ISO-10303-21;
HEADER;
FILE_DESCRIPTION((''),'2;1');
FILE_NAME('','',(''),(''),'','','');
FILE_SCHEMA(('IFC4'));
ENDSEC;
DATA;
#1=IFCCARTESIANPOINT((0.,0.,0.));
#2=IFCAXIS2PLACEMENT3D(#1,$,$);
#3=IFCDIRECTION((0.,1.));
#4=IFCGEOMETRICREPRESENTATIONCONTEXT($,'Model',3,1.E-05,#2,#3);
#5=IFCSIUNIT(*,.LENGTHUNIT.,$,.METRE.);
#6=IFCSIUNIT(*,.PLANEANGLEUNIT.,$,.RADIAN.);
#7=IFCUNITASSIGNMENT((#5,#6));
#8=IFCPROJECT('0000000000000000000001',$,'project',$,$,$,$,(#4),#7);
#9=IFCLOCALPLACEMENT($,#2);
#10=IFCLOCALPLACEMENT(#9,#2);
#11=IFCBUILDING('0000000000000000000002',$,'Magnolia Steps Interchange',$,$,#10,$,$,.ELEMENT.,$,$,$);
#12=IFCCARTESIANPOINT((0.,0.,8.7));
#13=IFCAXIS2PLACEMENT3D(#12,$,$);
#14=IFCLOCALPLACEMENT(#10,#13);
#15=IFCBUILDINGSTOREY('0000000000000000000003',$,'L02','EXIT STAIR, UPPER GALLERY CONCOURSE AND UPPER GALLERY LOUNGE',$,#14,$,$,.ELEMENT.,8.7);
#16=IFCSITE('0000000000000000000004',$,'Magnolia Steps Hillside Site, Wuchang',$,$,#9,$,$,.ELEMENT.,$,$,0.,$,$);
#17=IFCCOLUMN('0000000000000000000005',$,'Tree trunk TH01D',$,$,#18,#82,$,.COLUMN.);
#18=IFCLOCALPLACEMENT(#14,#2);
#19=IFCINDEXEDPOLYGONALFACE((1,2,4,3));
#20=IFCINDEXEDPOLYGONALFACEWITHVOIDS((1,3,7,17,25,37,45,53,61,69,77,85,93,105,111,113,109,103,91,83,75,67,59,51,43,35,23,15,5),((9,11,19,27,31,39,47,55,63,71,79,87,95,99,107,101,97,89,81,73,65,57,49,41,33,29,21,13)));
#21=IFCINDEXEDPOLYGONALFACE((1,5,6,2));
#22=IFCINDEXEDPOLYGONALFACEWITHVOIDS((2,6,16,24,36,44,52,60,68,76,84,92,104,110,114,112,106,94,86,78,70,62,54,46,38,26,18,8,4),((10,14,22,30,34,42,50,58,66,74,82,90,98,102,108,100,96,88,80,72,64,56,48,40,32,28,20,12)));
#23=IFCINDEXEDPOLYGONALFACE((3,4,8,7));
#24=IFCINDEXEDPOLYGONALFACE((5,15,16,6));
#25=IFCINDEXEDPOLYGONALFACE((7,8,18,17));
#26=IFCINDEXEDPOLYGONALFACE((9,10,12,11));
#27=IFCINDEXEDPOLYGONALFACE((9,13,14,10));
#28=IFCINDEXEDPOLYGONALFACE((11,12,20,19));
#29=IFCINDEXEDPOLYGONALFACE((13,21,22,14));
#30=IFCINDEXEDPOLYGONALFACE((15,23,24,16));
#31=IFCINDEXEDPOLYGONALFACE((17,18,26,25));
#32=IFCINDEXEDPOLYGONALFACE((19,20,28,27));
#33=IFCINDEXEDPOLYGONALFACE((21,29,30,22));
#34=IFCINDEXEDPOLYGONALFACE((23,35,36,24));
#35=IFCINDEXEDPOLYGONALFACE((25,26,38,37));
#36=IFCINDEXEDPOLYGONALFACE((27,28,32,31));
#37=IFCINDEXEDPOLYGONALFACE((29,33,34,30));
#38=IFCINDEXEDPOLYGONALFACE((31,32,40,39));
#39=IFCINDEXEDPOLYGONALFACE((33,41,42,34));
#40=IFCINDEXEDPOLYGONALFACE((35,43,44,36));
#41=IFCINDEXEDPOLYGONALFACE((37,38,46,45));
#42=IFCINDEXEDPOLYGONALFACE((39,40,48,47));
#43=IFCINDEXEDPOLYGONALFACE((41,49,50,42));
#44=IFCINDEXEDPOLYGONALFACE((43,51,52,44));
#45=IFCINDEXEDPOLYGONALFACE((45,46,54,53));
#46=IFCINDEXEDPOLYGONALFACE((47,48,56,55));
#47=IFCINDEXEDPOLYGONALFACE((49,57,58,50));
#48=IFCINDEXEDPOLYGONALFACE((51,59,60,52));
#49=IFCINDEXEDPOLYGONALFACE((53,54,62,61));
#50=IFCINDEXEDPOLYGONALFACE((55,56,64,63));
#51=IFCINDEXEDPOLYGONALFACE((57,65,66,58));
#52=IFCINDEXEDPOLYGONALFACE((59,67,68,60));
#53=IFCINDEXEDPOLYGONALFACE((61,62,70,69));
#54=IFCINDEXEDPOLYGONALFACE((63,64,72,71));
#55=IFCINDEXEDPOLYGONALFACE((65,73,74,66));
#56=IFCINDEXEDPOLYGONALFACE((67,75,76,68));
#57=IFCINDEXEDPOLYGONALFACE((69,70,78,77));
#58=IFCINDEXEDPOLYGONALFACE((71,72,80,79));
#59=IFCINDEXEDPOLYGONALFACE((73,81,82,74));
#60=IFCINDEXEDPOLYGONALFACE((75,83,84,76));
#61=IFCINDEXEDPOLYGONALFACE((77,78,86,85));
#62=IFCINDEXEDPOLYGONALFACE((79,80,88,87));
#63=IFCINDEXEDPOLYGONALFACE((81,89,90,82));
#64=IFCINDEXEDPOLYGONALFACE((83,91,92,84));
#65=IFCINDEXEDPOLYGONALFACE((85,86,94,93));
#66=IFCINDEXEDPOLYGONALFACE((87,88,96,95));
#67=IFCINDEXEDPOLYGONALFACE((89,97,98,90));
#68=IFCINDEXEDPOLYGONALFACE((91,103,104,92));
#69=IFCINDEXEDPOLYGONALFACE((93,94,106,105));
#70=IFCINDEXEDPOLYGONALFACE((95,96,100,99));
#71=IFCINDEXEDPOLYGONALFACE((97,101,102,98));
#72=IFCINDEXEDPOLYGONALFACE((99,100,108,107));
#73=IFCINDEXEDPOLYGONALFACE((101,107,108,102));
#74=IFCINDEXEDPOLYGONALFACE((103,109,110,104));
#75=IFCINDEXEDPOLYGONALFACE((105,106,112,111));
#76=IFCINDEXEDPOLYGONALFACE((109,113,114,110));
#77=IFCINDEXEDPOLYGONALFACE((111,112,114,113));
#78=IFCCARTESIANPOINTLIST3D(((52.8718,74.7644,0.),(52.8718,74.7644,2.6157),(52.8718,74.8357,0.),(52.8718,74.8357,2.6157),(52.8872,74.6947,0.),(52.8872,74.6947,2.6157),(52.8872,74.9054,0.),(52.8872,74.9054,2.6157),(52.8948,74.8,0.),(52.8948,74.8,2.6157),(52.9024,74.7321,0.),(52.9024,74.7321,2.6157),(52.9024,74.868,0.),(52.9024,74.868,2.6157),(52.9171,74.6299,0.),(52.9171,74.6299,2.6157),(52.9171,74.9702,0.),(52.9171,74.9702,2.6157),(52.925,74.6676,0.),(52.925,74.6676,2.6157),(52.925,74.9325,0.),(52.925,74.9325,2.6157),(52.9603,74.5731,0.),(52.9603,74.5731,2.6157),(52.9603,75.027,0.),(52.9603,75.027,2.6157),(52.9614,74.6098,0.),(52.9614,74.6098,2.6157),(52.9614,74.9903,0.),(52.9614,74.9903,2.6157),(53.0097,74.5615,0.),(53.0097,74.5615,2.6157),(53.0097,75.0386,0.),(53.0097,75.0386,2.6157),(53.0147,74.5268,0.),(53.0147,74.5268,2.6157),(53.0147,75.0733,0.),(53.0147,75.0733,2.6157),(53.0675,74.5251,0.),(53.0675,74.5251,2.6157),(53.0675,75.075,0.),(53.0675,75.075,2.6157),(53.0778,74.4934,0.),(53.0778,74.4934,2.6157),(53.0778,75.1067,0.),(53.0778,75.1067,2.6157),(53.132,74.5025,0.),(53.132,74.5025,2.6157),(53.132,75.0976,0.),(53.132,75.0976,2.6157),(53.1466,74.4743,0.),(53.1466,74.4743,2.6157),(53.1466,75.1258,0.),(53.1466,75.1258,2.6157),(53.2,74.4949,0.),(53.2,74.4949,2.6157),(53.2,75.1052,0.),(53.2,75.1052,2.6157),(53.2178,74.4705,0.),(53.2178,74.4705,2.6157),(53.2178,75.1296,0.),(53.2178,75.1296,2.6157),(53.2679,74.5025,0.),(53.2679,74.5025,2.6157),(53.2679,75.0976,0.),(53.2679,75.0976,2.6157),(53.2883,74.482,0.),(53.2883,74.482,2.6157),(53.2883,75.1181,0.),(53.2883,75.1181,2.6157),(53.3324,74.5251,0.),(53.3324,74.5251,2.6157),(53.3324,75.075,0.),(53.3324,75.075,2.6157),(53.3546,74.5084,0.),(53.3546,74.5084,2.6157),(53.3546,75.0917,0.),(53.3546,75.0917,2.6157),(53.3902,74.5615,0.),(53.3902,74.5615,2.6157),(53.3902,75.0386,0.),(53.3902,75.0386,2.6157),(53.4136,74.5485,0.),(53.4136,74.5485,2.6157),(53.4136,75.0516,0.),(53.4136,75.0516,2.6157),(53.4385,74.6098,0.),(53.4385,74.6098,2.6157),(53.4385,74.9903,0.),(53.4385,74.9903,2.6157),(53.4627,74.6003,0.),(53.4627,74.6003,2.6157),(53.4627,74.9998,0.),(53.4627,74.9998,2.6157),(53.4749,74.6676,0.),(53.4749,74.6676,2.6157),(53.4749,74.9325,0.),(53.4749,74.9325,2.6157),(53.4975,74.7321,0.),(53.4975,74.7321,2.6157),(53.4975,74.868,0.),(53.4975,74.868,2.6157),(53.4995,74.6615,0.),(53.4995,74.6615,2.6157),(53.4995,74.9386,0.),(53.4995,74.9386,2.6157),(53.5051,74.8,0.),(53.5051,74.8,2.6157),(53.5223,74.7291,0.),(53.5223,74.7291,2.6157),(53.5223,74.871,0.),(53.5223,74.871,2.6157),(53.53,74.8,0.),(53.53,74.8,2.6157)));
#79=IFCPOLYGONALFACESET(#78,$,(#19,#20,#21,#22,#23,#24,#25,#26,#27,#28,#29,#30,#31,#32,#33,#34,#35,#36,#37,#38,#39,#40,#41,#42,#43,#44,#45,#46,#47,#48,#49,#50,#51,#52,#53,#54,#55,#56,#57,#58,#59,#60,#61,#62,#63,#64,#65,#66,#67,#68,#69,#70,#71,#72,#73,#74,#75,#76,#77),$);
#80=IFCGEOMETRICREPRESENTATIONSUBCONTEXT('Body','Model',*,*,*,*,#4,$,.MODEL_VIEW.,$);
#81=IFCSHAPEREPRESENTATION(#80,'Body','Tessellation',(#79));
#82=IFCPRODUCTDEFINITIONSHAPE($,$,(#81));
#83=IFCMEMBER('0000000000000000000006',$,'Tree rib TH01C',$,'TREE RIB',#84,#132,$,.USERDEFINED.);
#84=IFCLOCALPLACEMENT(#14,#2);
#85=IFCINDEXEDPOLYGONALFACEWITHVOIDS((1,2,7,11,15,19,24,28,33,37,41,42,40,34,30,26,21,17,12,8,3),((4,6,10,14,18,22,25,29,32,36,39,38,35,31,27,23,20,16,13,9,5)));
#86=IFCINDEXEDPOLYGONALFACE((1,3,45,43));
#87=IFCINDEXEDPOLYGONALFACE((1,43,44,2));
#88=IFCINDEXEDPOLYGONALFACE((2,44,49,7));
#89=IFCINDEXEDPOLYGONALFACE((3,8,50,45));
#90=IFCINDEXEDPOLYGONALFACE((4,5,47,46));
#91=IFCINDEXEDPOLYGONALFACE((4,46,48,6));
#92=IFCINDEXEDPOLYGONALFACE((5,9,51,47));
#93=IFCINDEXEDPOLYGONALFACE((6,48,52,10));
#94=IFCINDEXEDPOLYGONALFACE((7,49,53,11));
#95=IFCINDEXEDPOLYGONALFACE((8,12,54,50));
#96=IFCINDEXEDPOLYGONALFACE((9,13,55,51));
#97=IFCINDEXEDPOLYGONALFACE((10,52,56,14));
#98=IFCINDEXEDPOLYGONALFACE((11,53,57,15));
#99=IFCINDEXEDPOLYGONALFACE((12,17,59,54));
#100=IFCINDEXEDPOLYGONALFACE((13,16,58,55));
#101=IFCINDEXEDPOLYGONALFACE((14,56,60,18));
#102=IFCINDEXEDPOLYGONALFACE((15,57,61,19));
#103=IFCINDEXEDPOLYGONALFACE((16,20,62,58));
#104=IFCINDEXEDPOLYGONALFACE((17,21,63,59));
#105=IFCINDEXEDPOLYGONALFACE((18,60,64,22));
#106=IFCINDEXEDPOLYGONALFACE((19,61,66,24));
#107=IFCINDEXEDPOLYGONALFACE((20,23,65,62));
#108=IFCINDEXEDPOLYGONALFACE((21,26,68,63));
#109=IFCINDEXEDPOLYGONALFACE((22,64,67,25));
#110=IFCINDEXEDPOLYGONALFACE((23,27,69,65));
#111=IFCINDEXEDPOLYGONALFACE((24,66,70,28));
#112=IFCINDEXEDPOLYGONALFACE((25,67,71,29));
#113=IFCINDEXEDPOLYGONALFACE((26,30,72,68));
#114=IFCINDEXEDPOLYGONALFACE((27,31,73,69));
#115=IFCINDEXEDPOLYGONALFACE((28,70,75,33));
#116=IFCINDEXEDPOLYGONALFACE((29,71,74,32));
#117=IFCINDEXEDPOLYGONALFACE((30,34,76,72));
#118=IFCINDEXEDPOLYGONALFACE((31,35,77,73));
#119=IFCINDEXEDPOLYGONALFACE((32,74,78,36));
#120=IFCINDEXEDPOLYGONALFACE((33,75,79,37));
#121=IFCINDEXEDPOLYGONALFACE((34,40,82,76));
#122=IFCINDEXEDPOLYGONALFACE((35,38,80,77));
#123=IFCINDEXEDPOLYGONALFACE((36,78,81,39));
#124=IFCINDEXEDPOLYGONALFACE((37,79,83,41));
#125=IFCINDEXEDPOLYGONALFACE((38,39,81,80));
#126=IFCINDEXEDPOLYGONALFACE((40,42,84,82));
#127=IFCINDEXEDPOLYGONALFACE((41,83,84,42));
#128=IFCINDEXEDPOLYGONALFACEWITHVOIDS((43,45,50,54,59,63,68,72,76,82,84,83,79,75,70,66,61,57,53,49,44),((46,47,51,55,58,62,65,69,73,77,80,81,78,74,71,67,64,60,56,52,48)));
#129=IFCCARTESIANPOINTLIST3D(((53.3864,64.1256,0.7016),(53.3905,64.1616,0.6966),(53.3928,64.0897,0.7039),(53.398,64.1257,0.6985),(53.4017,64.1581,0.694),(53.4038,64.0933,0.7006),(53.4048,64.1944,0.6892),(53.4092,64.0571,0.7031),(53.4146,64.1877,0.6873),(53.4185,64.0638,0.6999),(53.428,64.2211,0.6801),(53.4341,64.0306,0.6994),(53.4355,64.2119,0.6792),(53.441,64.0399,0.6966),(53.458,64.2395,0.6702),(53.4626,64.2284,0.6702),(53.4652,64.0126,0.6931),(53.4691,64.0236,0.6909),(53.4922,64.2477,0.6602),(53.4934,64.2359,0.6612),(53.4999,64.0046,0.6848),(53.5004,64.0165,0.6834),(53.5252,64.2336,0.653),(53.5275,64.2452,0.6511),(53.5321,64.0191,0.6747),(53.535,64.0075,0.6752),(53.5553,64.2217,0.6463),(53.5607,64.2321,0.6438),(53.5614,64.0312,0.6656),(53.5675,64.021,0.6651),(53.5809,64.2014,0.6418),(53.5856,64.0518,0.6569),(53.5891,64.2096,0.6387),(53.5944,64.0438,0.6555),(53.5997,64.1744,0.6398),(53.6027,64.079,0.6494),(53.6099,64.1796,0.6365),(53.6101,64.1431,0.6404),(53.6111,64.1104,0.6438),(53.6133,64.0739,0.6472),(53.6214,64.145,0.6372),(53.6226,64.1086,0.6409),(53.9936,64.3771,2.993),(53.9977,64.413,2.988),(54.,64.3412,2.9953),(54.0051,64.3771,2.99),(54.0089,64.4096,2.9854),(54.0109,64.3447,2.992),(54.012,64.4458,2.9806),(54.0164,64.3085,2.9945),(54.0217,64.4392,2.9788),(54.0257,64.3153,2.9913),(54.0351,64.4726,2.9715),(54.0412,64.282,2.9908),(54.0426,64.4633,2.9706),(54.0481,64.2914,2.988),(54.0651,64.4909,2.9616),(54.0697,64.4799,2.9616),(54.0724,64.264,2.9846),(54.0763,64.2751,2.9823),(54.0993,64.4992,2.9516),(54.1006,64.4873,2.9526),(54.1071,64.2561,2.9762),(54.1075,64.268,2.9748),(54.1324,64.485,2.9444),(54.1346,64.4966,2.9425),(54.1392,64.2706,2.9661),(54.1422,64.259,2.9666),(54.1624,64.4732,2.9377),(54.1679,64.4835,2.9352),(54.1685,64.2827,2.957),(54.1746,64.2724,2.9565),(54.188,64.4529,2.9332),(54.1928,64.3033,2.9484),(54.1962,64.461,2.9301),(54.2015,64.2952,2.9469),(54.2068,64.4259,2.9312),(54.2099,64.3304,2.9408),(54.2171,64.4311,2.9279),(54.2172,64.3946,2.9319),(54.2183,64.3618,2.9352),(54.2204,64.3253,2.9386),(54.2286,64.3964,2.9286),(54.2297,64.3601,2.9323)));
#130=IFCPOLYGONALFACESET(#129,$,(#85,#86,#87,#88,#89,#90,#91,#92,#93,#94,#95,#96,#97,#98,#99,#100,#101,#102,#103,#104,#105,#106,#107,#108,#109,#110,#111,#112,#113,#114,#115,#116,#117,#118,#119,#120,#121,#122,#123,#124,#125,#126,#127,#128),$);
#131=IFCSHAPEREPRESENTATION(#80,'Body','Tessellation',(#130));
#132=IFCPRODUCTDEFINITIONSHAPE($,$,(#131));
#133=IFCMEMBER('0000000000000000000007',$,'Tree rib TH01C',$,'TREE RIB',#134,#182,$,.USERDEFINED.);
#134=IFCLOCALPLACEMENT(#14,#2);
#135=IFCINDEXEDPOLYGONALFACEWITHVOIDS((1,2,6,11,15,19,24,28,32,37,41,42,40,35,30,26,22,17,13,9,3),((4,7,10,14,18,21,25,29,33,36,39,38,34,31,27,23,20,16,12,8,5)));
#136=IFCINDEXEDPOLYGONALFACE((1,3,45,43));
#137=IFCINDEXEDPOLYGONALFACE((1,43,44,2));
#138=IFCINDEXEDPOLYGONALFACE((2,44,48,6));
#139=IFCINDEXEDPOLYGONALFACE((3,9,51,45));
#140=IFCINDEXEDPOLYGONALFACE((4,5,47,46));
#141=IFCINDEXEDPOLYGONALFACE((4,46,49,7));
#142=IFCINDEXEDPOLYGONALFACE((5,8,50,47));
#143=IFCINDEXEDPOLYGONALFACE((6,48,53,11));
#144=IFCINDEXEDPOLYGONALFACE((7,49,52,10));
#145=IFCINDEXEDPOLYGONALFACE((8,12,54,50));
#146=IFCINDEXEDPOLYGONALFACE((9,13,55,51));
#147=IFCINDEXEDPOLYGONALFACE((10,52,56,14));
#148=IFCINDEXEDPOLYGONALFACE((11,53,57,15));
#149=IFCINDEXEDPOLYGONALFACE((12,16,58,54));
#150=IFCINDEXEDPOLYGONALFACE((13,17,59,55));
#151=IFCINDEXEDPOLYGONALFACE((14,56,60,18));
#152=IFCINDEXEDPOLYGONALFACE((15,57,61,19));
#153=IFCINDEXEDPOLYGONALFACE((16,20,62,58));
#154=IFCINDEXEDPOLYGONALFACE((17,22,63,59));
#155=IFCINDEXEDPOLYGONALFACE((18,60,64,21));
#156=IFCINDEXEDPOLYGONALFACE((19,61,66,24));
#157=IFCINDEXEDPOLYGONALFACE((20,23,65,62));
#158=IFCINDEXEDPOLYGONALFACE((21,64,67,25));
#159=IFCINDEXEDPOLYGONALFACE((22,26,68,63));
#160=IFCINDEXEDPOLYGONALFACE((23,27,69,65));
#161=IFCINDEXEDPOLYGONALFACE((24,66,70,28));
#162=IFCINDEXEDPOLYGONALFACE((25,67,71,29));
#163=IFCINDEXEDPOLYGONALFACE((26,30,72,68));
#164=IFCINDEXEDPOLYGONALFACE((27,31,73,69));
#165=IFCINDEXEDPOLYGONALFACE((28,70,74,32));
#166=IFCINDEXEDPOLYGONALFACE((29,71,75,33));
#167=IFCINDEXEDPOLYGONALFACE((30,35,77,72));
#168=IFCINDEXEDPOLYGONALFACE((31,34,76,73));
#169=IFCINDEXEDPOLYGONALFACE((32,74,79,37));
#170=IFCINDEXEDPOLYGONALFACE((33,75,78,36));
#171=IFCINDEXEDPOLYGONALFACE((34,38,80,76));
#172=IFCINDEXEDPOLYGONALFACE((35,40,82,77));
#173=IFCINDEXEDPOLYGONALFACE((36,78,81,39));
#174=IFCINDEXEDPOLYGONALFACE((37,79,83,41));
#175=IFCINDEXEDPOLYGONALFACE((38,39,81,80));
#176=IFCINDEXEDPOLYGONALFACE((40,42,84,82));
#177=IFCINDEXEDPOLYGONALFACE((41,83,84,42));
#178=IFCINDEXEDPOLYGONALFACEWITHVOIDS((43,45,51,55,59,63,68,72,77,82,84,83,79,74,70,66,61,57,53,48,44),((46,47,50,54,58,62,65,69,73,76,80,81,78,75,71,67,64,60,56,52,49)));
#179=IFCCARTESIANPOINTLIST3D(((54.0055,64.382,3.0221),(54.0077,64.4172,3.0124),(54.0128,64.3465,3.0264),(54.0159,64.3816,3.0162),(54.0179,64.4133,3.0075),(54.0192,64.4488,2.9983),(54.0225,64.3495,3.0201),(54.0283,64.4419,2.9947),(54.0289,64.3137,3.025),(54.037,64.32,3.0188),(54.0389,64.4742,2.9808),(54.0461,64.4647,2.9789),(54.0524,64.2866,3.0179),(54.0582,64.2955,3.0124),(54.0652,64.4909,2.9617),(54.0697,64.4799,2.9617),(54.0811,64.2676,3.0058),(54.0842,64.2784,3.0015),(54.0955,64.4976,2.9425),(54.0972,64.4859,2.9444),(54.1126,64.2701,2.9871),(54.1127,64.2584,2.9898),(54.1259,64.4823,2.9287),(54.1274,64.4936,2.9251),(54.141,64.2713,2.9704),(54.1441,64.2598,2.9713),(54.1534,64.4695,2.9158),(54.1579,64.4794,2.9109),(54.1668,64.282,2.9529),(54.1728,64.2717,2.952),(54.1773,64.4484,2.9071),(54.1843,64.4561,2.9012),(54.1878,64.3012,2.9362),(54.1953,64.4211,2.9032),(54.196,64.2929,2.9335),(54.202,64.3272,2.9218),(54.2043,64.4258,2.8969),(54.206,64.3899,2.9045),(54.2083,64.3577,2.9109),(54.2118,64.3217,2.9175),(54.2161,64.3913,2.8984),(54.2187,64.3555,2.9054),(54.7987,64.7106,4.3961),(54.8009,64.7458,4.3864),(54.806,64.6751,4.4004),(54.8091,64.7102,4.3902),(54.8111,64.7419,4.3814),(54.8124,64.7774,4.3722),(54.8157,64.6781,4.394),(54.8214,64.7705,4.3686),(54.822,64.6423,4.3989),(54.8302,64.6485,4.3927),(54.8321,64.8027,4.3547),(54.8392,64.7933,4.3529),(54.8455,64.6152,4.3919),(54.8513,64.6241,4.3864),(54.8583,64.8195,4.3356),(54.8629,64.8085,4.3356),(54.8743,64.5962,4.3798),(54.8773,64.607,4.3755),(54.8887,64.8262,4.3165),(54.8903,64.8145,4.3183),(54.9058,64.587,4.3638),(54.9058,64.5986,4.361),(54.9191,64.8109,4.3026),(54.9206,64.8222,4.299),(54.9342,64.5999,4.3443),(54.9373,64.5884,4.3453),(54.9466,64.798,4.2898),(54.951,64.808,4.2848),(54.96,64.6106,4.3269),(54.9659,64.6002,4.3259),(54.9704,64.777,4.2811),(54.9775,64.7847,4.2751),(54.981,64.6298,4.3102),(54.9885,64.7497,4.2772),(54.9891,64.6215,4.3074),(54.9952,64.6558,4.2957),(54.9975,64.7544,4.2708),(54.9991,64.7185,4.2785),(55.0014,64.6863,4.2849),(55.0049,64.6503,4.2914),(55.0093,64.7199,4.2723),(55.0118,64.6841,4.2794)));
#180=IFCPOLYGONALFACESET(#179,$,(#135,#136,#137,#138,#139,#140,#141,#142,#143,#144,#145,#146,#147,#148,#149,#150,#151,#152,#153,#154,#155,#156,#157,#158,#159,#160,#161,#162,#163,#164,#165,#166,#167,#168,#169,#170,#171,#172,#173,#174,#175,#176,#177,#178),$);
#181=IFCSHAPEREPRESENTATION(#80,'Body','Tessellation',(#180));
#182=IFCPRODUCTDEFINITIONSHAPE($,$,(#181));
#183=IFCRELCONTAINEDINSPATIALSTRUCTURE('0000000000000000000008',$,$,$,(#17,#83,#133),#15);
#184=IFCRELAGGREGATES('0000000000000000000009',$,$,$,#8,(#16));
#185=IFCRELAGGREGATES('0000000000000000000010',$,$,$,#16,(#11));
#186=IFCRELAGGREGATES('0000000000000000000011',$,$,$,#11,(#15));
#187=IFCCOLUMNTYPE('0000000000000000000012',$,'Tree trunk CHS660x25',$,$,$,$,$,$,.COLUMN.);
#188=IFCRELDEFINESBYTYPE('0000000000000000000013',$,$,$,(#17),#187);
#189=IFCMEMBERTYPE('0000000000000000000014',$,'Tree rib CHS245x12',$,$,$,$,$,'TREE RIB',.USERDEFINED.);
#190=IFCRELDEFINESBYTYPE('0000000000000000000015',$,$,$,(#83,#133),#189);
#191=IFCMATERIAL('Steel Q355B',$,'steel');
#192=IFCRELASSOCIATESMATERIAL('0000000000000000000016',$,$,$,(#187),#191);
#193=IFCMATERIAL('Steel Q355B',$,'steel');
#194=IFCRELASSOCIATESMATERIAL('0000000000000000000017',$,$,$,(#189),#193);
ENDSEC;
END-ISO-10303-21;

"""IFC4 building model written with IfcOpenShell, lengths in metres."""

from ifc_helpers import new_model, si_unit, direction, frame, origin, origin_2d, place, context, subcontext, project, spatial, hollow_circle, extrude, material, material_profile, profile_set, type_object, element, save


model = new_model("IFC4")

# Units and contexts
model_context = context("Model", 3, precision=1e-05, world=origin(), true_north=direction((0.0, 1.0)))
body_context = subcontext(model_context, "Body", "Model", "MODEL_VIEW")
ifc_project = project(units=[si_unit("LENGTHUNIT", "METRE"), si_unit("PLANEANGLEUNIT", "RADIAN")], contexts=[model_context])

# Site, building, storey
site_placement = place(None, origin())
site = spatial("IfcSite", under=ifc_project, at=site_placement, Name="Magnolia Steps Hillside Site, Wuchang", CompositionType="ELEMENT", RefElevation=0.0)
building_placement = place(site_placement, origin())
building = spatial("IfcBuilding", under=site, at=building_placement, Name="Magnolia Steps Interchange", CompositionType="ELEMENT")
storey_placement = place(building_placement, frame((0.0, 0.0, 8.7)))
storey = spatial("IfcBuildingStorey", under=building, at=storey_placement, Name="L02", Description="EXIT STAIR, UPPER GALLERY CONCOURSE AND UPPER GALLERY LOUNGE", CompositionType="ELEMENT", Elevation=8.7)

# Column
ifc_material_1 = material(Name="Steel Q355B", Category="steel")
ifc_material_profile_1 = material_profile(ifc_material_1, hollow_circle(Radius=0.3301, WallThickness=0.0249, at=origin_2d()), Name="CHS660x25")
ifc_profile_set_1 = profile_set([ifc_material_profile_1], Name="Steel Q355B")
column_type = type_object("IfcColumnType", Name="Tree trunk CHS660x25", PredefinedType="COLUMN", material=ifc_profile_set_1)
column_placement = place(storey_placement, frame((53.2, 74.8, 0.0), z_axis=(0.0, 0.0, 1.0), x_axis=(1.0, 0.0, 0.0)))
element("IfcColumn", 1, at=column_placement, inside=storey, type_object=column_type, Name="Tree trunk TH01D", PredefinedType="COLUMN", context=body_context, shape_type="SweptSolid", body=[
    extrude(hollow_circle(Radius=0.3301, WallThickness=0.0249, at=origin_2d()), origin(), (0.0, 0.0, 1.0), 2.6157),
])

# Members
ifc_material_2 = material(Name="Steel Q355B", Category="steel")
ifc_material_profile_2 = material_profile(ifc_material_2, hollow_circle(Radius=0.1226, WallThickness=0.012, at=origin_2d()), Name="CHS245x12")
ifc_profile_set_2 = profile_set([ifc_material_profile_2], Name="Steel Q355B")
member_type_1 = type_object("IfcMemberType", Name="Tree rib CHS245x12", ElementType="TREE RIB", PredefinedType="USERDEFINED", material=ifc_profile_set_2)
member_1_placement = place(storey_placement, frame((53.5049, 64.1262, 0.6702), z_axis=(0.254701, 0.105485, 0.961249), x_axis=(-0.382636, 0.923899, 0.0)))
element("IfcMember", 2, at=member_1_placement, inside=storey, type_object=member_type_1, Name="Tree rib TH01C", ObjectType="TREE RIB", PredefinedType="USERDEFINED", context=body_context, shape_type="SweptSolid", body=[
    extrude(hollow_circle(Radius=0.1226, WallThickness=0.012, at=origin_2d()), origin(), (0.0, 0.0, 1.0), 2.3838),
])
member_2_placement = place(storey_placement, frame((54.1121, 64.3777, 2.9617), z_axis=(0.489571, 0.20282, 0.848047), x_axis=(-0.382737, 0.923857, 0.0)))
element("IfcMember", 3, at=member_2_placement, inside=storey, type_object=member_type_1, Name="Tree rib TH01C", ObjectType="TREE RIB", PredefinedType="USERDEFINED", context=body_context, shape_type="SweptSolid", body=[
    extrude(hollow_circle(Radius=0.1226, WallThickness=0.012, at=origin_2d()), origin(), (0.0, 0.0, 1.0), 1.6201),
])

save(model, "model.ifc")
